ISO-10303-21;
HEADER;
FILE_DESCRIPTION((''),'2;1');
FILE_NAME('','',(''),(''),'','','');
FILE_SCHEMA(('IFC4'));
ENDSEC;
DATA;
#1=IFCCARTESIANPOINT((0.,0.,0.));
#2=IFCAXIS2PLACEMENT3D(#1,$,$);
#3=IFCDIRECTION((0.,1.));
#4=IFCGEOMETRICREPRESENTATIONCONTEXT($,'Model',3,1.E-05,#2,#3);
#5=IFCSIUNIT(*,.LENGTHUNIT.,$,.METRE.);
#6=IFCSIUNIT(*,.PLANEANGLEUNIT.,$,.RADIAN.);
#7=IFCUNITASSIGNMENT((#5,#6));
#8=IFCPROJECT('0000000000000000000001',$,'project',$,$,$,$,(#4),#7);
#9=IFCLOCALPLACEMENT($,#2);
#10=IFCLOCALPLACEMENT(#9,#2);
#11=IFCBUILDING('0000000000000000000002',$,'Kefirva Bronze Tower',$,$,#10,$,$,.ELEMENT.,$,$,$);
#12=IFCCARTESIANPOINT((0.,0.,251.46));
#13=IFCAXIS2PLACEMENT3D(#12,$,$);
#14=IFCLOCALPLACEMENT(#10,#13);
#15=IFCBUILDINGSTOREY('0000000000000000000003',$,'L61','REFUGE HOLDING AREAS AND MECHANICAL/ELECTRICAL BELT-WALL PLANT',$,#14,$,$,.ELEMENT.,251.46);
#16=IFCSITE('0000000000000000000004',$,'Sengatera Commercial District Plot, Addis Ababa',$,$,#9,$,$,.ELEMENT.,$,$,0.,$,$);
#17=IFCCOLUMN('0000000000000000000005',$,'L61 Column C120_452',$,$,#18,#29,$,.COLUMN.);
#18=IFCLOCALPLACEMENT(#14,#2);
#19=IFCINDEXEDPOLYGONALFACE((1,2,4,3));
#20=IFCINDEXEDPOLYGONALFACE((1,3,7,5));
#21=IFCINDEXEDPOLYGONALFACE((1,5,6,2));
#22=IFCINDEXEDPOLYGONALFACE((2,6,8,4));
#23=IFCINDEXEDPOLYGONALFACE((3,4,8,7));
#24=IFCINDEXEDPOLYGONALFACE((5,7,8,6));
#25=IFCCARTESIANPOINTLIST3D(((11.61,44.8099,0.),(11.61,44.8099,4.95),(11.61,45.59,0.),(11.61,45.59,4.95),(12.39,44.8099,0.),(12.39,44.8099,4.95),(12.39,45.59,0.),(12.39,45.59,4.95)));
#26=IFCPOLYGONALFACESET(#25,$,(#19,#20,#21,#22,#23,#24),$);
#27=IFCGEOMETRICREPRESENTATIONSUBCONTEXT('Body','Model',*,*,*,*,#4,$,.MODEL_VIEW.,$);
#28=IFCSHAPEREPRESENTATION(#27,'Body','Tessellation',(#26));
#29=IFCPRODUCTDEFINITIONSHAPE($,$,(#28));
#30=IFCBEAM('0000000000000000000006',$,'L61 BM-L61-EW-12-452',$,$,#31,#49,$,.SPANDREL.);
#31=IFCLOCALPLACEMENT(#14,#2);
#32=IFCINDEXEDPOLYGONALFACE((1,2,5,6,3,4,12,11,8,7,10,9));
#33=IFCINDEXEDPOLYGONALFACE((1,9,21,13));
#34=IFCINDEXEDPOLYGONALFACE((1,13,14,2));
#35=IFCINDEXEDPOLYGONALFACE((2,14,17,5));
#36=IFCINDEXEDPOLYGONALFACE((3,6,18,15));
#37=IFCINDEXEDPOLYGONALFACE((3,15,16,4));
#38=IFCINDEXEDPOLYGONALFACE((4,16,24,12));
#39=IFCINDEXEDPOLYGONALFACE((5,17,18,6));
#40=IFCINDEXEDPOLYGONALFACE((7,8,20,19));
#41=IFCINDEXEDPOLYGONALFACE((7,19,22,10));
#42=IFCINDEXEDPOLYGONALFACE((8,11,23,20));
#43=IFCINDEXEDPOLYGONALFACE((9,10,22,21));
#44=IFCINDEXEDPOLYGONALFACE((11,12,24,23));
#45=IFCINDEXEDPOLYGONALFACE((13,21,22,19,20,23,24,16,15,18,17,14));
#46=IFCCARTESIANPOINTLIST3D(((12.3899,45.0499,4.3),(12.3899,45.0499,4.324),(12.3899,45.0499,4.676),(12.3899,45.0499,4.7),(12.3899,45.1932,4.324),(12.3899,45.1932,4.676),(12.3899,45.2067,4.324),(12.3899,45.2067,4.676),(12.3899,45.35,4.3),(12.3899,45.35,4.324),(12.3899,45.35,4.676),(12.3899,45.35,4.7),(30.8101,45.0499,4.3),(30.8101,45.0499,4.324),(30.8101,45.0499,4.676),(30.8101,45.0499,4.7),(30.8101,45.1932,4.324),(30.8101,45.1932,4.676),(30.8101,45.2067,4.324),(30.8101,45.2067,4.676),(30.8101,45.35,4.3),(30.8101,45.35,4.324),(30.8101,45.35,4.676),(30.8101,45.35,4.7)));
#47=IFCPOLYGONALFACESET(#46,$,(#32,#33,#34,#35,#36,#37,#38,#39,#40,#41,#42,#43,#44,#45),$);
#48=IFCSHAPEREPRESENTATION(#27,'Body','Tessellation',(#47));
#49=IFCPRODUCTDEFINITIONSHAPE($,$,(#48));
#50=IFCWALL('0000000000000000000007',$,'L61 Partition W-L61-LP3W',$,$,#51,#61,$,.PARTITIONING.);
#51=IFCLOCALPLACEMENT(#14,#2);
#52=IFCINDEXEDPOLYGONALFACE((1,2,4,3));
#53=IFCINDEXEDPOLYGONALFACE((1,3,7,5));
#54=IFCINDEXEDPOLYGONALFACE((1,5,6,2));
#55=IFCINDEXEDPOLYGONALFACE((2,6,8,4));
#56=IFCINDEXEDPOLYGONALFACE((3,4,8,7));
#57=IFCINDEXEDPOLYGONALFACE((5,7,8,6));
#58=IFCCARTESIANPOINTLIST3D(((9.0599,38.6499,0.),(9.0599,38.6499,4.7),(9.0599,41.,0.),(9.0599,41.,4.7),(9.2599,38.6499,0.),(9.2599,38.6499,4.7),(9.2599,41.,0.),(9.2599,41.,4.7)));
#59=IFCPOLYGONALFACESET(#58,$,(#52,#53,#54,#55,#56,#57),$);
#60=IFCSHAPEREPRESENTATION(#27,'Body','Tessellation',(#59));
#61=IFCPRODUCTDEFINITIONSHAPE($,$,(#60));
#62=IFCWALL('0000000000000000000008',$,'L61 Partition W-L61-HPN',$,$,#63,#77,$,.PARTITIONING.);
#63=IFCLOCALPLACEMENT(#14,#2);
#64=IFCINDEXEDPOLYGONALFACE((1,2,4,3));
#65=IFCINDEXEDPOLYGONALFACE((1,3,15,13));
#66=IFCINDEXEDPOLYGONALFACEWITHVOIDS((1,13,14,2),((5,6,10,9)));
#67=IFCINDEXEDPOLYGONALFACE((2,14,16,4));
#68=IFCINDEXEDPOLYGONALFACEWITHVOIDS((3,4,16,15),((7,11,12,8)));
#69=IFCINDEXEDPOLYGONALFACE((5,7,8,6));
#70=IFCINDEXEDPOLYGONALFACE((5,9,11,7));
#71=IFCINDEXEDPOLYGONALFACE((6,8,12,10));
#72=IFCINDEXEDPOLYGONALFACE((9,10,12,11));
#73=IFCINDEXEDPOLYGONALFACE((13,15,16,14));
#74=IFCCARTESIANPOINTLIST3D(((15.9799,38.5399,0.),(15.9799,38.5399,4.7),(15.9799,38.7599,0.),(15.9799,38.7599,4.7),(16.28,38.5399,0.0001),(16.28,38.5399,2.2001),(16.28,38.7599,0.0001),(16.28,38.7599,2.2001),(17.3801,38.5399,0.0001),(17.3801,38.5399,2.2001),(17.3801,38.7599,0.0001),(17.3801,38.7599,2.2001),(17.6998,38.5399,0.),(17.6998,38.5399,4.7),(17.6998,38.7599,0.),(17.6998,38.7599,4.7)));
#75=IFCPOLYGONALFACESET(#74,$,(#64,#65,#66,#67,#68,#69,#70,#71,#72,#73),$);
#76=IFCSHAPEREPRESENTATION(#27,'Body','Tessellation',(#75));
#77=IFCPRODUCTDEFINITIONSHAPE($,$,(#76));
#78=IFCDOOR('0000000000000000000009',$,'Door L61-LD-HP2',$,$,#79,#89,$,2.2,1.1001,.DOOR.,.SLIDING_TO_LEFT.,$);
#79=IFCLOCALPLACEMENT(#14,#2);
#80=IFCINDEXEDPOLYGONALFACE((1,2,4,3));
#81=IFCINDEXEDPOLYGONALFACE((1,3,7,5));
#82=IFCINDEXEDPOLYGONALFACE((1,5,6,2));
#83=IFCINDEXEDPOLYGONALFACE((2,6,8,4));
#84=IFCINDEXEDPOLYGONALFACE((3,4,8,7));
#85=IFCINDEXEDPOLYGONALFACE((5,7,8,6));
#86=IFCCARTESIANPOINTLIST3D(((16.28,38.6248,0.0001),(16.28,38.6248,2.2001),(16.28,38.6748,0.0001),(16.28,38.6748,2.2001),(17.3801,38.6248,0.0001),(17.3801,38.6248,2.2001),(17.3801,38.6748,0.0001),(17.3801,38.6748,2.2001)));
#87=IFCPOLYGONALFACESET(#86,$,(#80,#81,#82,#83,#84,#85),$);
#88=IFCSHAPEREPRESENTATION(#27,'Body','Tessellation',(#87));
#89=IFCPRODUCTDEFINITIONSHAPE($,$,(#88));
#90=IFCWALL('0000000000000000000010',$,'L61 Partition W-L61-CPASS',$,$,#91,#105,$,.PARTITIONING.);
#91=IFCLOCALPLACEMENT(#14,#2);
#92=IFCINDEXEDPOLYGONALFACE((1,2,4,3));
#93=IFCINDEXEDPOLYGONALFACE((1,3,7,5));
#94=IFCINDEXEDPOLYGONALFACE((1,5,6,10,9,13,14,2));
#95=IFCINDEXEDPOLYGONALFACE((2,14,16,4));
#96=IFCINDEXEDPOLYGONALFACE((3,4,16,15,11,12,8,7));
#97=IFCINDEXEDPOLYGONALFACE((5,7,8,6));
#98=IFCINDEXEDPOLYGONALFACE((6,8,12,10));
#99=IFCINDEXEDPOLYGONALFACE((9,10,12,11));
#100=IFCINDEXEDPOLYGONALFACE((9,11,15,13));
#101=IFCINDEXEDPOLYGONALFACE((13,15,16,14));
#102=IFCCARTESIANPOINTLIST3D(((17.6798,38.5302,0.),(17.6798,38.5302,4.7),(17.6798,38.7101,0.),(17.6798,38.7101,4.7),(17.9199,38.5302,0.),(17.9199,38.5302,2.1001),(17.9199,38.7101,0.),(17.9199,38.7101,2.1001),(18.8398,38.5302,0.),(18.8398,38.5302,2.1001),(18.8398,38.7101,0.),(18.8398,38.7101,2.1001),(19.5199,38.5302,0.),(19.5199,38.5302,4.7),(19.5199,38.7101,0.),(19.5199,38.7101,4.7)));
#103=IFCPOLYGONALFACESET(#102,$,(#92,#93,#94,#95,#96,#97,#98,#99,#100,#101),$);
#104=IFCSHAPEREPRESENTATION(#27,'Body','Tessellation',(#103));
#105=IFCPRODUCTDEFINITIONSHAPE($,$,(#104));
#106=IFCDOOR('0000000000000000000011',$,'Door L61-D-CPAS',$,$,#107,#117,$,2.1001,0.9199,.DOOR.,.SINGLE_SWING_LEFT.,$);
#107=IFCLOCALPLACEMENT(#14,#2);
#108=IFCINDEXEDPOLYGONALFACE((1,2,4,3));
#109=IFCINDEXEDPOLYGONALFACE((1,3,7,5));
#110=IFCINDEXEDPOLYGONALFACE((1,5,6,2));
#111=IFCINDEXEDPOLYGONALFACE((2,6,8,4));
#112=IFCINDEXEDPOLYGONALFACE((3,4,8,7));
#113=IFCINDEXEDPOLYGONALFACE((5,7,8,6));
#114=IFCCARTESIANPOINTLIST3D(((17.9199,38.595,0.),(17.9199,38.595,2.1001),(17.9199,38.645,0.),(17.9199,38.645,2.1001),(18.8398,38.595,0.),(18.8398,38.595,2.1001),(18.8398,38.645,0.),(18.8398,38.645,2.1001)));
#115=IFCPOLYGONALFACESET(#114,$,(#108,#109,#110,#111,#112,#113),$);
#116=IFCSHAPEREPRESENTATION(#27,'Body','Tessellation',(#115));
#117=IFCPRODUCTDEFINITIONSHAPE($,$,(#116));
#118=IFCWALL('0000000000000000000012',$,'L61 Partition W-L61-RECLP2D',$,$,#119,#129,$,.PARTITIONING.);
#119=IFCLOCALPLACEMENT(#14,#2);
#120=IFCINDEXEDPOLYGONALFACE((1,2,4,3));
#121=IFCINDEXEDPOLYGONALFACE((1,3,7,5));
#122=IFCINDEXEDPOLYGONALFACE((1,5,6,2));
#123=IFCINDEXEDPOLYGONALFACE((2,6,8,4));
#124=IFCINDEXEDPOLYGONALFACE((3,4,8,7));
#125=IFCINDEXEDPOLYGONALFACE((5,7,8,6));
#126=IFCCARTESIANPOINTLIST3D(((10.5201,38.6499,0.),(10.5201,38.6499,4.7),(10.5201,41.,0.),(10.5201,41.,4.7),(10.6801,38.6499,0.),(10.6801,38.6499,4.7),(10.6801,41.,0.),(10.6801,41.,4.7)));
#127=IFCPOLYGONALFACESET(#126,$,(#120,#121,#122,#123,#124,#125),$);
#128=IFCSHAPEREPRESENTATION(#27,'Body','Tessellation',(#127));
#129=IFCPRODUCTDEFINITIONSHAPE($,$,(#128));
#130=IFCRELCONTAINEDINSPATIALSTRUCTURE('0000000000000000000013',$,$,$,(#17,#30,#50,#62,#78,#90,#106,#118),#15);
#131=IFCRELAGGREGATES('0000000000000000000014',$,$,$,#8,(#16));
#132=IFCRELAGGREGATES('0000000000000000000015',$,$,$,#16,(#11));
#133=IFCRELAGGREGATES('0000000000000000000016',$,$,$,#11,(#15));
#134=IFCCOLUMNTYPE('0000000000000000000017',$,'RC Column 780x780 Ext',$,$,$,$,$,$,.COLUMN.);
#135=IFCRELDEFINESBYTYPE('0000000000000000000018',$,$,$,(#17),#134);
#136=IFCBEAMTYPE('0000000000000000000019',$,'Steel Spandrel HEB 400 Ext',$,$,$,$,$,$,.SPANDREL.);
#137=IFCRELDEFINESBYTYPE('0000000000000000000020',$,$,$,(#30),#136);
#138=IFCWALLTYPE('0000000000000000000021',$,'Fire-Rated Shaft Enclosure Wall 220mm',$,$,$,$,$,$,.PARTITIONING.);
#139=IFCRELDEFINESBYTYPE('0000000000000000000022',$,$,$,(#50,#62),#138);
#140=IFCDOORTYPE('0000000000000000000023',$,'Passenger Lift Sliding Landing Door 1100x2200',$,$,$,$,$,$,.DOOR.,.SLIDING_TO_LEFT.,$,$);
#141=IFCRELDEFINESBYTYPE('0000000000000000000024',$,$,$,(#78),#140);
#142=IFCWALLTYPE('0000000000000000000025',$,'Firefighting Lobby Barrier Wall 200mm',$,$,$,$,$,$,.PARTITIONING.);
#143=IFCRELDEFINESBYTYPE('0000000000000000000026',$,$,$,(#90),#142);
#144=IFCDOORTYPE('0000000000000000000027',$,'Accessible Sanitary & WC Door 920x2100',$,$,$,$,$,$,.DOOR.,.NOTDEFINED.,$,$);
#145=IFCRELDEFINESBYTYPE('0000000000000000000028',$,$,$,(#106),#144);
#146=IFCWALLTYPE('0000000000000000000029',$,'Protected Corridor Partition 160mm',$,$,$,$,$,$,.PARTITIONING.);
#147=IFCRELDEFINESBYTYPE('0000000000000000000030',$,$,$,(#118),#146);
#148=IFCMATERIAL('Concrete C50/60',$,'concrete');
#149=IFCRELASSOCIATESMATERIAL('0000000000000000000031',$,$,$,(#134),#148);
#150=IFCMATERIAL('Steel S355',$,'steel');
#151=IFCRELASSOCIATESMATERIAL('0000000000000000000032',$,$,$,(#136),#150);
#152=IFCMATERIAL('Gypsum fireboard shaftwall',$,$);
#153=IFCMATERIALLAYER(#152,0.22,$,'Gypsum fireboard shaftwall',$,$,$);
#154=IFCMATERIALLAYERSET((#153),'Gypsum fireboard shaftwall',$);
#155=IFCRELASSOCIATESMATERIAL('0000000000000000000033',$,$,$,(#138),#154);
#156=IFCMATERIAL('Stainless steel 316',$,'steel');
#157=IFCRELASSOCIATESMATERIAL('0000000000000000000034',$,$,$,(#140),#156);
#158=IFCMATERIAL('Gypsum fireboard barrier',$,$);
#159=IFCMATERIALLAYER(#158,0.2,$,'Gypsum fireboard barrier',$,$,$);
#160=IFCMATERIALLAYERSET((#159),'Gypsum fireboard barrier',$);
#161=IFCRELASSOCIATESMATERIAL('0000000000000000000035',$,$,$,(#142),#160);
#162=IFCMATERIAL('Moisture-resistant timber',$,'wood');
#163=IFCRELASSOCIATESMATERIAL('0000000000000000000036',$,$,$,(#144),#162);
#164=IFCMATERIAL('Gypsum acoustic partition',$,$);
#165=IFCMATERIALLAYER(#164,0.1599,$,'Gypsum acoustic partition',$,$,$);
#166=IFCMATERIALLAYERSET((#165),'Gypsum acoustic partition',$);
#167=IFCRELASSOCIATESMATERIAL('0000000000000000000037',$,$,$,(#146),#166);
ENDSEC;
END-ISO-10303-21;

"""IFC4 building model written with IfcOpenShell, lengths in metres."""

from ifc_helpers import new_model, si_unit, direction, frame, frame_2d, origin, origin_2d, place, context, subcontext, project, spatial, rectangle, i_section, extrude, material, layer, layer_set, material_profile, profile_set, type_object, element, fill, save


model = new_model("IFC4")

# Units and contexts
model_context = context("Model", 3, precision=1e-05, world=origin(), true_north=direction((0.0, 1.0)))
body_context = subcontext(model_context, "Body", "Model", "MODEL_VIEW")
ifc_project = project(units=[si_unit("LENGTHUNIT", "METRE"), si_unit("PLANEANGLEUNIT", "RADIAN")], contexts=[model_context])

# Site, building, storey
site_placement = place(None, origin())
site = spatial("IfcSite", under=ifc_project, at=site_placement, Name="Sengatera Commercial District Plot, Addis Ababa", CompositionType="ELEMENT", RefElevation=0.0)
building_placement = place(site_placement, origin())
building = spatial("IfcBuilding", under=site, at=building_placement, Name="Kefirva Bronze Tower", CompositionType="ELEMENT")
storey_placement = place(building_placement, frame((0.0, 0.0, 251.46)))
storey = spatial("IfcBuildingStorey", under=building, at=storey_placement, Name="L61", Description="REFUGE HOLDING AREAS AND MECHANICAL/ELECTRICAL BELT-WALL PLANT", CompositionType="ELEMENT", Elevation=251.46)

# Column
ifc_material_1 = material(Name="Concrete C50/60", Category="concrete")
ifc_material_profile_1 = material_profile(ifc_material_1, rectangle(XDim=0.78, YDim=0.78, at=origin_2d()), Name="RC 780x780")
ifc_profile_set_1 = profile_set([ifc_material_profile_1], Name="Concrete C50/60")
column_type = type_object("IfcColumnType", Name="RC Column 780x780 Ext", PredefinedType="COLUMN", material=ifc_profile_set_1)
column_placement = place(storey_placement, frame((12.0, 45.2, 0.0), z_axis=(0.0, 0.0, 1.0), x_axis=(1.0, 0.0, 0.0)))
element("IfcColumn", 1, at=column_placement, inside=storey, type_object=column_type, Name="L61 Column C120_452", PredefinedType="COLUMN", context=body_context, shape_type="SweptSolid", body=[
    extrude(rectangle(XDim=0.78, YDim=0.78, at=origin_2d()), origin(), (0.0, 0.0, 1.0), 4.95),
])

# Beam
ifc_material_2 = material(Name="Steel S355", Category="steel")
ifc_material_profile_2 = material_profile(ifc_material_2, i_section(OverallWidth=0.3, OverallDepth=0.3999, WebThickness=0.0134, FlangeThickness=0.0239, at=origin_2d()), Name="HEB 400")
ifc_profile_set_2 = profile_set([ifc_material_profile_2], Name="Steel S355")
beam_type = type_object("IfcBeamType", Name="Steel Spandrel HEB 400 Ext", PredefinedType="SPANDREL", material=ifc_profile_set_2)
beam_placement = place(storey_placement, frame((12.3899, 45.2, 4.5), z_axis=(1.0, 0.0, 0.0), x_axis=(0.0, 1.0, 0.0)))
element("IfcBeam", 2, at=beam_placement, inside=storey, type_object=beam_type, Name="L61 BM-L61-EW-12-452", PredefinedType="SPANDREL", context=body_context, shape_type="SweptSolid", body=[
    extrude(i_section(OverallWidth=0.3, OverallDepth=0.3999, WebThickness=0.0134, FlangeThickness=0.0239, at=origin_2d()), origin(), (0.0, 0.0, 1.0), 18.4202),
])

# Shared definitions
ifc_material_3 = material(Name="Gypsum acoustic partition")

# Wall
ifc_material_4 = material(Name="Gypsum fireboard shaftwall")
ifc_layer_1 = layer(ifc_material_4, 0.22, Name="Gypsum fireboard shaftwall")
ifc_layer_set_1 = layer_set([ifc_layer_1], Name="Gypsum fireboard shaftwall")
wall_type_1 = type_object("IfcWallType", Name="Fire-Rated Shaft Enclosure Wall 220mm", PredefinedType="PARTITIONING", material=ifc_layer_set_1)
wall_1_placement = place(storey_placement, frame((9.1599, 38.6499, 0.0), z_axis=(0.0, 0.0, 1.0), x_axis=(0.0, 1.0, 0.0)))
element("IfcWall", 3, at=wall_1_placement, inside=storey, type_object=wall_type_1, Name="L61 Partition W-L61-LP3W", PredefinedType="PARTITIONING", context=body_context, shape_type="SweptSolid", body=[
    extrude(rectangle(XDim=2.3501, YDim=0.2, at=frame_2d((1.175, 0.0))), origin(), (0.0, 0.0, 1.0), 4.7),
])

# Walls, openings, doors
wall_2_placement = place(storey_placement, frame((15.98, 38.6499, 0.0), z_axis=(0.0, 0.0, 1.0), x_axis=(1.0, 0.0, 0.0)))
wall_2 = element("IfcWall", 4, at=wall_2_placement, inside=storey, type_object=wall_type_1, Name="L61 Partition W-L61-HPN", PredefinedType="PARTITIONING", context=body_context, shape_type="SweptSolid", body=[
    extrude(rectangle(XDim=1.72, YDim=0.22, at=frame_2d((0.8599, 0.0))), origin(), (0.0, 0.0, 1.0), 4.7),
])
opening_1_placement = place(wall_2_placement, frame((0.3, 0.0, 0.0)))
opening_1 = element("IfcOpeningElement", 5, at=opening_1_placement, cuts=wall_2, PredefinedType="OPENING", context=body_context, shape_type="SweptSolid", body=[
    extrude(rectangle(XDim=1.1001, YDim=2.2, at=frame_2d((0.55, 1.1001))), frame((0.0, 0.1201, 0.0), z_axis=(0.0, -1.0, 0.0), x_axis=(1.0, 0.0, 0.0)), (0.0, 0.0, 1.0), 0.24),
])
ifc_material_5 = material(Name="Stainless steel 316", Category="steel")
door_type_1 = type_object("IfcDoorType", Name="Passenger Lift Sliding Landing Door 1100x2200", OperationType="SLIDING_TO_LEFT", PredefinedType="DOOR", material=ifc_material_5)
door_1_placement = place(opening_1_placement, origin())
door_1 = element("IfcDoor", 6, at=door_1_placement, inside=storey, type_object=door_type_1, Name="Door L61-LD-HP2", OperationType="SLIDING_TO_LEFT", OverallHeight=2.2, OverallWidth=1.1001, PredefinedType="DOOR", context=body_context, shape_type="SweptSolid", body=[
    extrude(rectangle(XDim=1.1001, YDim=2.2, at=frame_2d((0.55, 1.1001))), frame((0.0, 0.0249, 0.0), z_axis=(0.0, -1.0, 0.0), x_axis=(1.0, 0.0, 0.0)), (0.0, 0.0, 1.0), 0.05),
])
fill(opening_1, door_1)
ifc_material_6 = material(Name="Gypsum fireboard barrier")
ifc_layer_2 = layer(ifc_material_6, 0.2, Name="Gypsum fireboard barrier")
ifc_layer_set_2 = layer_set([ifc_layer_2], Name="Gypsum fireboard barrier")
wall_type_2 = type_object("IfcWallType", Name="Firefighting Lobby Barrier Wall 200mm", PredefinedType="PARTITIONING", material=ifc_layer_set_2)
wall_3_placement = place(storey_placement, frame((17.6799, 38.6201, 0.0), z_axis=(0.0, 0.0, 1.0), x_axis=(1.0, 0.0, 0.0)))
wall_3 = element("IfcWall", 7, at=wall_3_placement, inside=storey, type_object=wall_type_2, Name="L61 Partition W-L61-CPASS", PredefinedType="PARTITIONING", context=body_context, shape_type="SweptSolid", body=[
    extrude(rectangle(XDim=1.8401, YDim=0.1799, at=frame_2d((0.9199, 0.0))), origin(), (0.0, 0.0, 1.0), 4.7),
])
opening_2_placement = place(wall_3_placement, frame((0.24, 0.0, 0.0)))
opening_2 = element("IfcOpeningElement", 8, at=opening_2_placement, cuts=wall_3, PredefinedType="OPENING", context=body_context, shape_type="SweptSolid", body=[
    extrude(rectangle(XDim=0.9199, YDim=2.1001, at=frame_2d((0.46, 1.05))), frame((0.0, 0.1001, 0.0), z_axis=(0.0, -1.0, 0.0), x_axis=(1.0, 0.0, 0.0)), (0.0, 0.0, 1.0), 0.2),
])
ifc_material_7 = material(Name="Moisture-resistant timber", Category="wood")
door_type_2 = type_object("IfcDoorType", Name="Accessible Sanitary & WC Door 920x2100", OperationType="NOTDEFINED", PredefinedType="DOOR", material=ifc_material_7)
door_2_placement = place(opening_2_placement, origin())
door_2 = element("IfcDoor", 9, at=door_2_placement, inside=storey, type_object=door_type_2, Name="Door L61-D-CPAS", OperationType="SINGLE_SWING_LEFT", OverallHeight=2.1001, OverallWidth=0.9199, PredefinedType="DOOR", context=body_context, shape_type="SweptSolid", body=[
    extrude(rectangle(XDim=0.9199, YDim=2.1001, at=frame_2d((0.46, 1.05))), frame((0.0, 0.0249, 0.0), z_axis=(0.0, -1.0, 0.0), x_axis=(1.0, 0.0, 0.0)), (0.0, 0.0, 1.0), 0.05),
])
fill(opening_2, door_2)

# Shared definitions
ifc_layer_3 = layer(ifc_material_3, 0.1599, Name="Gypsum acoustic partition")
ifc_layer_set_3 = layer_set([ifc_layer_3], Name="Gypsum acoustic partition")
wall_type_3 = type_object("IfcWallType", Name="Protected Corridor Partition 160mm", PredefinedType="PARTITIONING", material=ifc_layer_set_3)

# Wall
wall_4_placement = place(storey_placement, frame((10.6001, 38.6499, 0.0), z_axis=(0.0, 0.0, 1.0), x_axis=(0.0, 1.0, 0.0)))
element("IfcWall", 10, at=wall_4_placement, inside=storey, type_object=wall_type_3, Name="L61 Partition W-L61-RECLP2D", PredefinedType="PARTITIONING", context=body_context, shape_type="SweptSolid", body=[
    extrude(rectangle(XDim=2.3501, YDim=0.1599, at=frame_2d((1.175, 0.0))), origin(), (0.0, 0.0, 1.0), 4.7),
])

save(model, "model.ifc")
